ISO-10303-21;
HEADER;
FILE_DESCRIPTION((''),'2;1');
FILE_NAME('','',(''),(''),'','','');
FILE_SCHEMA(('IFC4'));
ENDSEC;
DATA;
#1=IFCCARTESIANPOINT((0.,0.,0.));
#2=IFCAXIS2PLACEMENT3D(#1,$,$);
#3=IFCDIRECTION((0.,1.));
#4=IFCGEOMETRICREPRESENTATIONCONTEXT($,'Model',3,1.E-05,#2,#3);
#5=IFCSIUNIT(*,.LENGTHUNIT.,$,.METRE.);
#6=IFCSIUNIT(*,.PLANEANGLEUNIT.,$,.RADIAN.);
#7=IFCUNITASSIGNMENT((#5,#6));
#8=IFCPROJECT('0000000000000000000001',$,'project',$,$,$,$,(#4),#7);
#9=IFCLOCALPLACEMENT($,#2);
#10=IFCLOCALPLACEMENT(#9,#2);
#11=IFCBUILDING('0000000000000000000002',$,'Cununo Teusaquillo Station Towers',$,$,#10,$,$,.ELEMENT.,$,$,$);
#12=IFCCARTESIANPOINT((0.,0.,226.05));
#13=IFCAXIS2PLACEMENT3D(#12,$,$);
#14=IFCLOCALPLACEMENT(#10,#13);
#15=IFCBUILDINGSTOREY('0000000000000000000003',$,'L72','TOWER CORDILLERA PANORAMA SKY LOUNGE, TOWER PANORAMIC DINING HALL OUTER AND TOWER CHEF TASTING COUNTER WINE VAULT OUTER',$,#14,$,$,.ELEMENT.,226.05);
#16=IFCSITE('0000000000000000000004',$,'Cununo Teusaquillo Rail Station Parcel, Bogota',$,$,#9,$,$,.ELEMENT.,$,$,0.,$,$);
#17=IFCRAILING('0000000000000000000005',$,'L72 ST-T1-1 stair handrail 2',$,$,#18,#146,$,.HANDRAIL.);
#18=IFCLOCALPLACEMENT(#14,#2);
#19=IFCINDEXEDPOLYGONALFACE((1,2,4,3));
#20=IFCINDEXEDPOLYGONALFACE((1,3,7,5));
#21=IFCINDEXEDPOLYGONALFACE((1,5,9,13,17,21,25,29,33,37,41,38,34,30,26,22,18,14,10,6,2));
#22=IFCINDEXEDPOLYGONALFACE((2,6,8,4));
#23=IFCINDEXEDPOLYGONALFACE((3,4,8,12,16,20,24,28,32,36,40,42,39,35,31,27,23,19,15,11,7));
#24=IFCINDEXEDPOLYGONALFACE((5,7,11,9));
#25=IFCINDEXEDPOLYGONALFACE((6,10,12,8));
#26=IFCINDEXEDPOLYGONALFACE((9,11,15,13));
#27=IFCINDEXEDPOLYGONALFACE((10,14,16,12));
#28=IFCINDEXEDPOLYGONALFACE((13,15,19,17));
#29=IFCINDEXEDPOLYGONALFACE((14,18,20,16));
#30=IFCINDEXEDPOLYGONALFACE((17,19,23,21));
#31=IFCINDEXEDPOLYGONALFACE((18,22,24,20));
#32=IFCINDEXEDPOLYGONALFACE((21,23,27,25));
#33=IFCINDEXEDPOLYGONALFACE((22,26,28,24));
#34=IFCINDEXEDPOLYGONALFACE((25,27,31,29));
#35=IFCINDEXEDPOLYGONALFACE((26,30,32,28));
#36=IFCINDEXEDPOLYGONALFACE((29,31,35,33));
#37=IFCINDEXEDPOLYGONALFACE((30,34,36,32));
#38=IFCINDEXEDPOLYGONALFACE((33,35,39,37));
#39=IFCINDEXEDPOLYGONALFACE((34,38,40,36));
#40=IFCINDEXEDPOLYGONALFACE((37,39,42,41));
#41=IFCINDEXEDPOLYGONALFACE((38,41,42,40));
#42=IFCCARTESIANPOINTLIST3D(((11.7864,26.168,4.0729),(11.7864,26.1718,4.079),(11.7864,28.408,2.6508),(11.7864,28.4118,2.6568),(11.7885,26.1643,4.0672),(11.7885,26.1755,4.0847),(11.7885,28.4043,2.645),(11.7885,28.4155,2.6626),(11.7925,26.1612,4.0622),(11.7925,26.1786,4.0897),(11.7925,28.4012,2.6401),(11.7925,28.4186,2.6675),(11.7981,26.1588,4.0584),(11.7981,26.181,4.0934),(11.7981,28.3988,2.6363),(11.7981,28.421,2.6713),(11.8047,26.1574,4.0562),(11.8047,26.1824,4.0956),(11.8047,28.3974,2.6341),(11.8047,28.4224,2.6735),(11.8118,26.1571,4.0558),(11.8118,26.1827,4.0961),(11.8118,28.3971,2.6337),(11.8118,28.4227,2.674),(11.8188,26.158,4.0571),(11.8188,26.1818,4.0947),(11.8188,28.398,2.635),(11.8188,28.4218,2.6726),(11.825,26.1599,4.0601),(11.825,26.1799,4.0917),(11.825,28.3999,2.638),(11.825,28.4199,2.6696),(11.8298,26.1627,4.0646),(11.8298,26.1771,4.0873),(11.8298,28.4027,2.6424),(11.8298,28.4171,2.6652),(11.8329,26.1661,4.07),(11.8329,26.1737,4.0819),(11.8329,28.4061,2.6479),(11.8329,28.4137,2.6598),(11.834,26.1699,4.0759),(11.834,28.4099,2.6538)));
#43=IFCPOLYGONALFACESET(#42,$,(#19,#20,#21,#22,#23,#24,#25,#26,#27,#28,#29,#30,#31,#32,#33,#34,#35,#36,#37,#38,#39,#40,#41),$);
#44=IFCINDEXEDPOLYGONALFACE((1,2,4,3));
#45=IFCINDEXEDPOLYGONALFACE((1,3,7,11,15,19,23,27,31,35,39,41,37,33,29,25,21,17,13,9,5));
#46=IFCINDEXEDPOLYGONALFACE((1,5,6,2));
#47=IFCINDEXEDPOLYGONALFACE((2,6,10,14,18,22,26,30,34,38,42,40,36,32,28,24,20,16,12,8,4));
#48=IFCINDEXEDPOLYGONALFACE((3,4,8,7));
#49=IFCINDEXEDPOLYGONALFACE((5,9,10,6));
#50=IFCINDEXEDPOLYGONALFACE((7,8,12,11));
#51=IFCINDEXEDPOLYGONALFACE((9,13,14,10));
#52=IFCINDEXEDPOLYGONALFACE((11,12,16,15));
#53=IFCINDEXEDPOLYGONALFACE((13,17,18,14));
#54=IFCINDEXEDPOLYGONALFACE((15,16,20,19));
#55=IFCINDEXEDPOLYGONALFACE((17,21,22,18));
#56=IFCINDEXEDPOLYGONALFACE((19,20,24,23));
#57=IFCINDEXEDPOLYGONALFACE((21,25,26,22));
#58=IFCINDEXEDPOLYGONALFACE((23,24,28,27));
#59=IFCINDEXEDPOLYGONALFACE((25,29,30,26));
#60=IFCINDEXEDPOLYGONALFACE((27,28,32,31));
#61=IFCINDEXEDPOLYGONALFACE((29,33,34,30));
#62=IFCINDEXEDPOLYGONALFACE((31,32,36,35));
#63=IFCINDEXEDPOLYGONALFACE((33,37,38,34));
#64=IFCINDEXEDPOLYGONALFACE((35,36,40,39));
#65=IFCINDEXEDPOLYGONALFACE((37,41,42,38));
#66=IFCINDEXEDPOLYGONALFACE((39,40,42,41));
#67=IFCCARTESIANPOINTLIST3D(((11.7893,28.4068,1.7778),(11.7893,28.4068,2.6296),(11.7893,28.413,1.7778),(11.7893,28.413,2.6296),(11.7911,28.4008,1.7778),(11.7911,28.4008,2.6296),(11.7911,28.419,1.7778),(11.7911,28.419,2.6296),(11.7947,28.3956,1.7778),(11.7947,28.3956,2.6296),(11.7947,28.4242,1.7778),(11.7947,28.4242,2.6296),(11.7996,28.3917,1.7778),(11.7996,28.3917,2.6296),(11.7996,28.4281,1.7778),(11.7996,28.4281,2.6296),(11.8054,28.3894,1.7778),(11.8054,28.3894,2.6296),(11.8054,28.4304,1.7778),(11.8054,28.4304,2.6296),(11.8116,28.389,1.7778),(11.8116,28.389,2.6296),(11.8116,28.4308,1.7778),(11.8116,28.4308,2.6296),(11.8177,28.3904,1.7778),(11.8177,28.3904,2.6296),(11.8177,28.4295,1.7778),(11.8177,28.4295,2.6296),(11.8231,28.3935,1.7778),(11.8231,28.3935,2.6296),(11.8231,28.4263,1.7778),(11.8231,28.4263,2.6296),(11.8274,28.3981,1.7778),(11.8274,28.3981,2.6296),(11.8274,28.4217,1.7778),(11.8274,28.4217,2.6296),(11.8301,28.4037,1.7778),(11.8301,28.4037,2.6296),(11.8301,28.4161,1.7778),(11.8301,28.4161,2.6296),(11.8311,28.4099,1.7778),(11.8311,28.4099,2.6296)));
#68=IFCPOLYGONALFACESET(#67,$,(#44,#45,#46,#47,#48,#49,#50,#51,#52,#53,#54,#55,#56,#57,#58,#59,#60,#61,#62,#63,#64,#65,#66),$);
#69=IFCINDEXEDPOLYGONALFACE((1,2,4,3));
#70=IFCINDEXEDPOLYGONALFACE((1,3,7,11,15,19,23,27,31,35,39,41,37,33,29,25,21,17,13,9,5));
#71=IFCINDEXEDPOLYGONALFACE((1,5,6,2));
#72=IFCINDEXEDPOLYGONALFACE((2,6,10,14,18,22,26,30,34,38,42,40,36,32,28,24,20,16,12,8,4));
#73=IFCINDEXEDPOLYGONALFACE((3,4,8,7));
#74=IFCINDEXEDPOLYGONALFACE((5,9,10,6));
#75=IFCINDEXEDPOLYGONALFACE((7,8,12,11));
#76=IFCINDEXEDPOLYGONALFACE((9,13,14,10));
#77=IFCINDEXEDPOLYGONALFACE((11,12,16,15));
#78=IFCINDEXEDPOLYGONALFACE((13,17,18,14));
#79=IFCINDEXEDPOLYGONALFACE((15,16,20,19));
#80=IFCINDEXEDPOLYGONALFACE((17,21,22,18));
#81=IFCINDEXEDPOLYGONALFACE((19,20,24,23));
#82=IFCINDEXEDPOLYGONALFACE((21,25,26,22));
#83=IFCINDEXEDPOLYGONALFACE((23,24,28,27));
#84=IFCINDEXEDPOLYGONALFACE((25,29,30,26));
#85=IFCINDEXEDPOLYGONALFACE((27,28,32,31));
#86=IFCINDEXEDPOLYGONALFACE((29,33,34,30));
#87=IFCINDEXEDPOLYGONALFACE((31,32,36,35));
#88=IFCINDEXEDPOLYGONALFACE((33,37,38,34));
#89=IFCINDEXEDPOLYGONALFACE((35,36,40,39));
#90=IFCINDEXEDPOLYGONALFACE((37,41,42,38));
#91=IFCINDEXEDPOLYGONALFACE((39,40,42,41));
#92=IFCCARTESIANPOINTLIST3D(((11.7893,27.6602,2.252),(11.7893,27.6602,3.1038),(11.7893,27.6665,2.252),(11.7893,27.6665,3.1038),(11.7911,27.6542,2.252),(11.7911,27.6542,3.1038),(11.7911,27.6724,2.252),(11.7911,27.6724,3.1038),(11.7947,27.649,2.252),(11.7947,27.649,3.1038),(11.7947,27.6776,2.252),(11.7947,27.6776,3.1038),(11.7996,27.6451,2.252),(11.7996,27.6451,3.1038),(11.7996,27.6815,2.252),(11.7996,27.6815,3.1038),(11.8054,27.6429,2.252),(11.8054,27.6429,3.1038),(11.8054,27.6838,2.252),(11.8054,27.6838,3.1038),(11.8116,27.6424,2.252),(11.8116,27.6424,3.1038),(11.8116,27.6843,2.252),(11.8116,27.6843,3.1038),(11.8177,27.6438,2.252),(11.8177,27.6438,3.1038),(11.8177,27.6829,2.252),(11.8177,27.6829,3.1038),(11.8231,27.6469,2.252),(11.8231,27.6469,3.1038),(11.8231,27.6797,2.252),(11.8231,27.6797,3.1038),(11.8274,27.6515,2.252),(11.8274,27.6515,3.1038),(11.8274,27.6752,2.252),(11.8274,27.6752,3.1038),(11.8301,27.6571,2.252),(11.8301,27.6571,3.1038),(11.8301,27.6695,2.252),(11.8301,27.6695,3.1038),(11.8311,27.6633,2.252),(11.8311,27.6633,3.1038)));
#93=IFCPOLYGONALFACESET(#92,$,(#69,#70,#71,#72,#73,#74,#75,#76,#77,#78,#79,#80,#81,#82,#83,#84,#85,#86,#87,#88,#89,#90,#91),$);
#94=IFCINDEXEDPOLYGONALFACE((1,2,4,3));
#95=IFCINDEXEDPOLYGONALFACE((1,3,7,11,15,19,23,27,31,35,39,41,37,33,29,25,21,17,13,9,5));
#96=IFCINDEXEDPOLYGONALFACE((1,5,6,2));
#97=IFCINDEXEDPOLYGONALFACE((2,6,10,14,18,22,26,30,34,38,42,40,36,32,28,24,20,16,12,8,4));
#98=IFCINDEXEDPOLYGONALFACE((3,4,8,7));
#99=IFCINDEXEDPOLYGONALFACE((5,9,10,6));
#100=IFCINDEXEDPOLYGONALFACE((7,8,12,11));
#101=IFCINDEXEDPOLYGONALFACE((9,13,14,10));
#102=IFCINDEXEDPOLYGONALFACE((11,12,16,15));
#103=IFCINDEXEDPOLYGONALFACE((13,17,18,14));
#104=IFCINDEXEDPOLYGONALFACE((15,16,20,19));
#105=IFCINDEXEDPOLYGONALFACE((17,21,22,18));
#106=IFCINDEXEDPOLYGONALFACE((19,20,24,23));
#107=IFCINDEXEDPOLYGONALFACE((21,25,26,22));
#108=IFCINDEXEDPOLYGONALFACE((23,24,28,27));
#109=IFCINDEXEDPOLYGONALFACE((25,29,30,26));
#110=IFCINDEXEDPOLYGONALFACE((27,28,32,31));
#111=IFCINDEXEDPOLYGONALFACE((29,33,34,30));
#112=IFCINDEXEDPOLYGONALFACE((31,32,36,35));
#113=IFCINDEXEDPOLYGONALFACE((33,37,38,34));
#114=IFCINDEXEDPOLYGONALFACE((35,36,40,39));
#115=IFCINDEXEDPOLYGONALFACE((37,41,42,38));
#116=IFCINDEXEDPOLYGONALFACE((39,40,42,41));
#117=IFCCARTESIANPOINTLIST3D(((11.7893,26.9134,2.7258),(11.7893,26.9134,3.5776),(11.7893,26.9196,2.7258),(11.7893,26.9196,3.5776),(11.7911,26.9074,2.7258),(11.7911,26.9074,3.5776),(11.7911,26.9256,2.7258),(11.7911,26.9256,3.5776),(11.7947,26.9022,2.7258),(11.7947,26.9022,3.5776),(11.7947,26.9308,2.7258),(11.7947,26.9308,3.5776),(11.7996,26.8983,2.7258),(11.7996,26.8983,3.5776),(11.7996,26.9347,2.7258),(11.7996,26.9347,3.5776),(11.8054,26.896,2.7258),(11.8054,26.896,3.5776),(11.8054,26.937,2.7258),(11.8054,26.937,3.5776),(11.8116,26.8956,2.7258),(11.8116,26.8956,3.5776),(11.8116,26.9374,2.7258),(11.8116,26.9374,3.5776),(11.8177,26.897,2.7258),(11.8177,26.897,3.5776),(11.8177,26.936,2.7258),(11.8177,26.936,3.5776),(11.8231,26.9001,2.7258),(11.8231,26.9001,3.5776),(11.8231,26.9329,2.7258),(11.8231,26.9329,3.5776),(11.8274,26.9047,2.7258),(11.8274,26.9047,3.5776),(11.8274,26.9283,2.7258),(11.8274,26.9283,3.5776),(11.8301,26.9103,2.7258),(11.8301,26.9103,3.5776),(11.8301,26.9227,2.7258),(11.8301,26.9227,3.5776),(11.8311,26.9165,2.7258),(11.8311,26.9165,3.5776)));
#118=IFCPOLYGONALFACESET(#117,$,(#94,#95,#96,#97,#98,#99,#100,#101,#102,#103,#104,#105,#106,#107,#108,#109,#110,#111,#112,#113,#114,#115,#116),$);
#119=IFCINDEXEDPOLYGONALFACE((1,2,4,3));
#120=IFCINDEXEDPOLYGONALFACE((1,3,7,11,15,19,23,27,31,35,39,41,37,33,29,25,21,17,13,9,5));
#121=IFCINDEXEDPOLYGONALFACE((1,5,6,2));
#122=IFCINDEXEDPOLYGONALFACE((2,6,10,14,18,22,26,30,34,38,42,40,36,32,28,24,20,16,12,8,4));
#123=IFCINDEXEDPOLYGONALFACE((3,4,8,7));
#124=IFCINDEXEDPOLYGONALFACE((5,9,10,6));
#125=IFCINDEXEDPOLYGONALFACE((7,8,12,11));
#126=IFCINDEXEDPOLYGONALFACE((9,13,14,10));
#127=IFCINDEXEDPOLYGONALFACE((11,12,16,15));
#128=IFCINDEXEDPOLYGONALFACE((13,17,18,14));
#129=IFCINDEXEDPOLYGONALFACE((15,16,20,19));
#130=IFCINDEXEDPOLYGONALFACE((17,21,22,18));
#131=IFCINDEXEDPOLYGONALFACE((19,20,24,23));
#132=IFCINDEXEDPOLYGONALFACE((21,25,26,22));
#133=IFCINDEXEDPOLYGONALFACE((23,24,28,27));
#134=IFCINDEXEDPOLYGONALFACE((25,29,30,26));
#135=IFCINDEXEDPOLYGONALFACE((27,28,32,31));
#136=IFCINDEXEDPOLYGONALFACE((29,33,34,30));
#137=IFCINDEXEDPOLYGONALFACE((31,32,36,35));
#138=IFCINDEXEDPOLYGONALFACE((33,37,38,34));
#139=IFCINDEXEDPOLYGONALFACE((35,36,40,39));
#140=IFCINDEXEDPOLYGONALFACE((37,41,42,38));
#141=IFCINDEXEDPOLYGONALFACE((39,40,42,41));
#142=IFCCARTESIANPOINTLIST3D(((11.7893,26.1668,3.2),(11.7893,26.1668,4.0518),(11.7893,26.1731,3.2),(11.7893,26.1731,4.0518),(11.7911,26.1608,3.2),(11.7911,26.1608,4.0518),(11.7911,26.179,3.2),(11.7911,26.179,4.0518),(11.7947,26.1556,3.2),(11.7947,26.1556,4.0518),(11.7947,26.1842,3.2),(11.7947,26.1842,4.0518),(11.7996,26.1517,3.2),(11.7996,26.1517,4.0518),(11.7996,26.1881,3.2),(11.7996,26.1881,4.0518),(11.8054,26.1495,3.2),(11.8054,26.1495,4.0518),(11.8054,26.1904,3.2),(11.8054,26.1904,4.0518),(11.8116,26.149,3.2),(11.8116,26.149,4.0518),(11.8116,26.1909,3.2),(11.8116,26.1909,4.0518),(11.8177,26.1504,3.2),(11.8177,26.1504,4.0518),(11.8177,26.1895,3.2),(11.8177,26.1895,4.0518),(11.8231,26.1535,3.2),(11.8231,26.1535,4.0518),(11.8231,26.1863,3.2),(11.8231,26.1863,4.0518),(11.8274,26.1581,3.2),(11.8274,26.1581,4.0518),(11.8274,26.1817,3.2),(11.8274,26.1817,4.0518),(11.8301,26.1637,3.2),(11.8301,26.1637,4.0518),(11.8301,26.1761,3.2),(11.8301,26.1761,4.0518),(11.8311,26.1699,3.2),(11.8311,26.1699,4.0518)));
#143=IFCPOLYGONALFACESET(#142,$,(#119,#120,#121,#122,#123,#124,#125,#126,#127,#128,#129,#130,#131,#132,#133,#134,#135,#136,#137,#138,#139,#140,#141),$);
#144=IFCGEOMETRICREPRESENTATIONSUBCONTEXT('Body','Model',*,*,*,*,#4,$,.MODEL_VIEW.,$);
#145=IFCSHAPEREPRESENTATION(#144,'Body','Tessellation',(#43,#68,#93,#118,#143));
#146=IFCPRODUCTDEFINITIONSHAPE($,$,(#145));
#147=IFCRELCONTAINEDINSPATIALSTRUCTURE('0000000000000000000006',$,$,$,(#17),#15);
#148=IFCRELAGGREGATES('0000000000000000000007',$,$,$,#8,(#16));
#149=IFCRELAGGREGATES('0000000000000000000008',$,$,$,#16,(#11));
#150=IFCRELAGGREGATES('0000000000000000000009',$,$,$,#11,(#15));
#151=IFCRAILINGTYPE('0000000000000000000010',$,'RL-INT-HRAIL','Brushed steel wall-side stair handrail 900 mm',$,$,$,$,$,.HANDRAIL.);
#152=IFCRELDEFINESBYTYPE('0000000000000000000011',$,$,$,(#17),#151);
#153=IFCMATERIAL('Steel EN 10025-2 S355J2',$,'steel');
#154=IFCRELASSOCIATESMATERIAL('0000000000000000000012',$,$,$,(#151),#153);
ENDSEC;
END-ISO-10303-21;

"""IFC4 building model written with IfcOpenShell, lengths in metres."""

from ifc_helpers import new_model, si_unit, direction, frame, origin, origin_2d, place, context, subcontext, project, spatial, circle, extrude, material, type_object, element, save


model = new_model("IFC4")

# Units and contexts
model_context = context("Model", 3, precision=1e-05, world=origin(), true_north=direction((0.0, 1.0)))
body_context = subcontext(model_context, "Body", "Model", "MODEL_VIEW")
ifc_project = project(units=[si_unit("LENGTHUNIT", "METRE"), si_unit("PLANEANGLEUNIT", "RADIAN")], contexts=[model_context])

# Site, building, storey
site_placement = place(None, origin())
site = spatial("IfcSite", under=ifc_project, at=site_placement, Name="Cununo Teusaquillo Rail Station Parcel, Bogota", CompositionType="ELEMENT", RefElevation=0.0)
building_placement = place(site_placement, origin())
building = spatial("IfcBuilding", under=site, at=building_placement, Name="Cununo Teusaquillo Station Towers", CompositionType="ELEMENT")
storey_placement = place(building_placement, frame((0.0, 0.0, 226.05)))
storey = spatial("IfcBuildingStorey", under=building, at=storey_placement, Name="L72", Description="TOWER CORDILLERA PANORAMA SKY LOUNGE, TOWER PANORAMIC DINING HALL OUTER AND TOWER CHEF TASTING COUNTER WINE VAULT OUTER", CompositionType="ELEMENT", Elevation=226.05)

# Railing
ifc_material_1 = material(Name="Steel EN 10025-2 S355J2", Category="steel")
railing_type_1 = type_object("IfcRailingType", Name="RL-INT-HRAIL", Description="Brushed steel wall-side stair handrail 900 mm", PredefinedType="HANDRAIL", material=ifc_material_1)
railing_1_placement = place(storey_placement, frame((11.8101, 28.4099, 1.7778)))
element("IfcRailing", 1, at=railing_1_placement, inside=storey, type_object=railing_type_1, Name="L72 ST-T1-1 stair handrail 2", PredefinedType="HANDRAIL", context=body_context, shape_type="SweptSolid", body=[
    extrude(circle(Radius=0.0239, at=origin_2d()), frame((0.0, 0.0, 0.876), z_axis=(0.0, -0.844229, 0.535982), x_axis=(1.0, 0.0, 0.0)), (0.0, 0.0, 1.0), 2.6533),
    extrude(circle(Radius=0.021, at=origin_2d()), origin(), (0.0, 0.0, 1.0), 0.8518),
    extrude(circle(Radius=0.021, at=origin_2d()), frame((0.0, -0.7466, 0.4741)), (0.0, 0.0, 1.0), 0.8518),
    extrude(circle(Radius=0.021, at=origin_2d()), frame((0.0, -1.4934, 0.948)), (0.0, 0.0, 1.0), 0.8518),
    extrude(circle(Radius=0.021, at=origin_2d()), frame((0.0, -2.24, 1.4221)), (0.0, 0.0, 1.0), 0.8518),
])

save(model, "model.ifc")
